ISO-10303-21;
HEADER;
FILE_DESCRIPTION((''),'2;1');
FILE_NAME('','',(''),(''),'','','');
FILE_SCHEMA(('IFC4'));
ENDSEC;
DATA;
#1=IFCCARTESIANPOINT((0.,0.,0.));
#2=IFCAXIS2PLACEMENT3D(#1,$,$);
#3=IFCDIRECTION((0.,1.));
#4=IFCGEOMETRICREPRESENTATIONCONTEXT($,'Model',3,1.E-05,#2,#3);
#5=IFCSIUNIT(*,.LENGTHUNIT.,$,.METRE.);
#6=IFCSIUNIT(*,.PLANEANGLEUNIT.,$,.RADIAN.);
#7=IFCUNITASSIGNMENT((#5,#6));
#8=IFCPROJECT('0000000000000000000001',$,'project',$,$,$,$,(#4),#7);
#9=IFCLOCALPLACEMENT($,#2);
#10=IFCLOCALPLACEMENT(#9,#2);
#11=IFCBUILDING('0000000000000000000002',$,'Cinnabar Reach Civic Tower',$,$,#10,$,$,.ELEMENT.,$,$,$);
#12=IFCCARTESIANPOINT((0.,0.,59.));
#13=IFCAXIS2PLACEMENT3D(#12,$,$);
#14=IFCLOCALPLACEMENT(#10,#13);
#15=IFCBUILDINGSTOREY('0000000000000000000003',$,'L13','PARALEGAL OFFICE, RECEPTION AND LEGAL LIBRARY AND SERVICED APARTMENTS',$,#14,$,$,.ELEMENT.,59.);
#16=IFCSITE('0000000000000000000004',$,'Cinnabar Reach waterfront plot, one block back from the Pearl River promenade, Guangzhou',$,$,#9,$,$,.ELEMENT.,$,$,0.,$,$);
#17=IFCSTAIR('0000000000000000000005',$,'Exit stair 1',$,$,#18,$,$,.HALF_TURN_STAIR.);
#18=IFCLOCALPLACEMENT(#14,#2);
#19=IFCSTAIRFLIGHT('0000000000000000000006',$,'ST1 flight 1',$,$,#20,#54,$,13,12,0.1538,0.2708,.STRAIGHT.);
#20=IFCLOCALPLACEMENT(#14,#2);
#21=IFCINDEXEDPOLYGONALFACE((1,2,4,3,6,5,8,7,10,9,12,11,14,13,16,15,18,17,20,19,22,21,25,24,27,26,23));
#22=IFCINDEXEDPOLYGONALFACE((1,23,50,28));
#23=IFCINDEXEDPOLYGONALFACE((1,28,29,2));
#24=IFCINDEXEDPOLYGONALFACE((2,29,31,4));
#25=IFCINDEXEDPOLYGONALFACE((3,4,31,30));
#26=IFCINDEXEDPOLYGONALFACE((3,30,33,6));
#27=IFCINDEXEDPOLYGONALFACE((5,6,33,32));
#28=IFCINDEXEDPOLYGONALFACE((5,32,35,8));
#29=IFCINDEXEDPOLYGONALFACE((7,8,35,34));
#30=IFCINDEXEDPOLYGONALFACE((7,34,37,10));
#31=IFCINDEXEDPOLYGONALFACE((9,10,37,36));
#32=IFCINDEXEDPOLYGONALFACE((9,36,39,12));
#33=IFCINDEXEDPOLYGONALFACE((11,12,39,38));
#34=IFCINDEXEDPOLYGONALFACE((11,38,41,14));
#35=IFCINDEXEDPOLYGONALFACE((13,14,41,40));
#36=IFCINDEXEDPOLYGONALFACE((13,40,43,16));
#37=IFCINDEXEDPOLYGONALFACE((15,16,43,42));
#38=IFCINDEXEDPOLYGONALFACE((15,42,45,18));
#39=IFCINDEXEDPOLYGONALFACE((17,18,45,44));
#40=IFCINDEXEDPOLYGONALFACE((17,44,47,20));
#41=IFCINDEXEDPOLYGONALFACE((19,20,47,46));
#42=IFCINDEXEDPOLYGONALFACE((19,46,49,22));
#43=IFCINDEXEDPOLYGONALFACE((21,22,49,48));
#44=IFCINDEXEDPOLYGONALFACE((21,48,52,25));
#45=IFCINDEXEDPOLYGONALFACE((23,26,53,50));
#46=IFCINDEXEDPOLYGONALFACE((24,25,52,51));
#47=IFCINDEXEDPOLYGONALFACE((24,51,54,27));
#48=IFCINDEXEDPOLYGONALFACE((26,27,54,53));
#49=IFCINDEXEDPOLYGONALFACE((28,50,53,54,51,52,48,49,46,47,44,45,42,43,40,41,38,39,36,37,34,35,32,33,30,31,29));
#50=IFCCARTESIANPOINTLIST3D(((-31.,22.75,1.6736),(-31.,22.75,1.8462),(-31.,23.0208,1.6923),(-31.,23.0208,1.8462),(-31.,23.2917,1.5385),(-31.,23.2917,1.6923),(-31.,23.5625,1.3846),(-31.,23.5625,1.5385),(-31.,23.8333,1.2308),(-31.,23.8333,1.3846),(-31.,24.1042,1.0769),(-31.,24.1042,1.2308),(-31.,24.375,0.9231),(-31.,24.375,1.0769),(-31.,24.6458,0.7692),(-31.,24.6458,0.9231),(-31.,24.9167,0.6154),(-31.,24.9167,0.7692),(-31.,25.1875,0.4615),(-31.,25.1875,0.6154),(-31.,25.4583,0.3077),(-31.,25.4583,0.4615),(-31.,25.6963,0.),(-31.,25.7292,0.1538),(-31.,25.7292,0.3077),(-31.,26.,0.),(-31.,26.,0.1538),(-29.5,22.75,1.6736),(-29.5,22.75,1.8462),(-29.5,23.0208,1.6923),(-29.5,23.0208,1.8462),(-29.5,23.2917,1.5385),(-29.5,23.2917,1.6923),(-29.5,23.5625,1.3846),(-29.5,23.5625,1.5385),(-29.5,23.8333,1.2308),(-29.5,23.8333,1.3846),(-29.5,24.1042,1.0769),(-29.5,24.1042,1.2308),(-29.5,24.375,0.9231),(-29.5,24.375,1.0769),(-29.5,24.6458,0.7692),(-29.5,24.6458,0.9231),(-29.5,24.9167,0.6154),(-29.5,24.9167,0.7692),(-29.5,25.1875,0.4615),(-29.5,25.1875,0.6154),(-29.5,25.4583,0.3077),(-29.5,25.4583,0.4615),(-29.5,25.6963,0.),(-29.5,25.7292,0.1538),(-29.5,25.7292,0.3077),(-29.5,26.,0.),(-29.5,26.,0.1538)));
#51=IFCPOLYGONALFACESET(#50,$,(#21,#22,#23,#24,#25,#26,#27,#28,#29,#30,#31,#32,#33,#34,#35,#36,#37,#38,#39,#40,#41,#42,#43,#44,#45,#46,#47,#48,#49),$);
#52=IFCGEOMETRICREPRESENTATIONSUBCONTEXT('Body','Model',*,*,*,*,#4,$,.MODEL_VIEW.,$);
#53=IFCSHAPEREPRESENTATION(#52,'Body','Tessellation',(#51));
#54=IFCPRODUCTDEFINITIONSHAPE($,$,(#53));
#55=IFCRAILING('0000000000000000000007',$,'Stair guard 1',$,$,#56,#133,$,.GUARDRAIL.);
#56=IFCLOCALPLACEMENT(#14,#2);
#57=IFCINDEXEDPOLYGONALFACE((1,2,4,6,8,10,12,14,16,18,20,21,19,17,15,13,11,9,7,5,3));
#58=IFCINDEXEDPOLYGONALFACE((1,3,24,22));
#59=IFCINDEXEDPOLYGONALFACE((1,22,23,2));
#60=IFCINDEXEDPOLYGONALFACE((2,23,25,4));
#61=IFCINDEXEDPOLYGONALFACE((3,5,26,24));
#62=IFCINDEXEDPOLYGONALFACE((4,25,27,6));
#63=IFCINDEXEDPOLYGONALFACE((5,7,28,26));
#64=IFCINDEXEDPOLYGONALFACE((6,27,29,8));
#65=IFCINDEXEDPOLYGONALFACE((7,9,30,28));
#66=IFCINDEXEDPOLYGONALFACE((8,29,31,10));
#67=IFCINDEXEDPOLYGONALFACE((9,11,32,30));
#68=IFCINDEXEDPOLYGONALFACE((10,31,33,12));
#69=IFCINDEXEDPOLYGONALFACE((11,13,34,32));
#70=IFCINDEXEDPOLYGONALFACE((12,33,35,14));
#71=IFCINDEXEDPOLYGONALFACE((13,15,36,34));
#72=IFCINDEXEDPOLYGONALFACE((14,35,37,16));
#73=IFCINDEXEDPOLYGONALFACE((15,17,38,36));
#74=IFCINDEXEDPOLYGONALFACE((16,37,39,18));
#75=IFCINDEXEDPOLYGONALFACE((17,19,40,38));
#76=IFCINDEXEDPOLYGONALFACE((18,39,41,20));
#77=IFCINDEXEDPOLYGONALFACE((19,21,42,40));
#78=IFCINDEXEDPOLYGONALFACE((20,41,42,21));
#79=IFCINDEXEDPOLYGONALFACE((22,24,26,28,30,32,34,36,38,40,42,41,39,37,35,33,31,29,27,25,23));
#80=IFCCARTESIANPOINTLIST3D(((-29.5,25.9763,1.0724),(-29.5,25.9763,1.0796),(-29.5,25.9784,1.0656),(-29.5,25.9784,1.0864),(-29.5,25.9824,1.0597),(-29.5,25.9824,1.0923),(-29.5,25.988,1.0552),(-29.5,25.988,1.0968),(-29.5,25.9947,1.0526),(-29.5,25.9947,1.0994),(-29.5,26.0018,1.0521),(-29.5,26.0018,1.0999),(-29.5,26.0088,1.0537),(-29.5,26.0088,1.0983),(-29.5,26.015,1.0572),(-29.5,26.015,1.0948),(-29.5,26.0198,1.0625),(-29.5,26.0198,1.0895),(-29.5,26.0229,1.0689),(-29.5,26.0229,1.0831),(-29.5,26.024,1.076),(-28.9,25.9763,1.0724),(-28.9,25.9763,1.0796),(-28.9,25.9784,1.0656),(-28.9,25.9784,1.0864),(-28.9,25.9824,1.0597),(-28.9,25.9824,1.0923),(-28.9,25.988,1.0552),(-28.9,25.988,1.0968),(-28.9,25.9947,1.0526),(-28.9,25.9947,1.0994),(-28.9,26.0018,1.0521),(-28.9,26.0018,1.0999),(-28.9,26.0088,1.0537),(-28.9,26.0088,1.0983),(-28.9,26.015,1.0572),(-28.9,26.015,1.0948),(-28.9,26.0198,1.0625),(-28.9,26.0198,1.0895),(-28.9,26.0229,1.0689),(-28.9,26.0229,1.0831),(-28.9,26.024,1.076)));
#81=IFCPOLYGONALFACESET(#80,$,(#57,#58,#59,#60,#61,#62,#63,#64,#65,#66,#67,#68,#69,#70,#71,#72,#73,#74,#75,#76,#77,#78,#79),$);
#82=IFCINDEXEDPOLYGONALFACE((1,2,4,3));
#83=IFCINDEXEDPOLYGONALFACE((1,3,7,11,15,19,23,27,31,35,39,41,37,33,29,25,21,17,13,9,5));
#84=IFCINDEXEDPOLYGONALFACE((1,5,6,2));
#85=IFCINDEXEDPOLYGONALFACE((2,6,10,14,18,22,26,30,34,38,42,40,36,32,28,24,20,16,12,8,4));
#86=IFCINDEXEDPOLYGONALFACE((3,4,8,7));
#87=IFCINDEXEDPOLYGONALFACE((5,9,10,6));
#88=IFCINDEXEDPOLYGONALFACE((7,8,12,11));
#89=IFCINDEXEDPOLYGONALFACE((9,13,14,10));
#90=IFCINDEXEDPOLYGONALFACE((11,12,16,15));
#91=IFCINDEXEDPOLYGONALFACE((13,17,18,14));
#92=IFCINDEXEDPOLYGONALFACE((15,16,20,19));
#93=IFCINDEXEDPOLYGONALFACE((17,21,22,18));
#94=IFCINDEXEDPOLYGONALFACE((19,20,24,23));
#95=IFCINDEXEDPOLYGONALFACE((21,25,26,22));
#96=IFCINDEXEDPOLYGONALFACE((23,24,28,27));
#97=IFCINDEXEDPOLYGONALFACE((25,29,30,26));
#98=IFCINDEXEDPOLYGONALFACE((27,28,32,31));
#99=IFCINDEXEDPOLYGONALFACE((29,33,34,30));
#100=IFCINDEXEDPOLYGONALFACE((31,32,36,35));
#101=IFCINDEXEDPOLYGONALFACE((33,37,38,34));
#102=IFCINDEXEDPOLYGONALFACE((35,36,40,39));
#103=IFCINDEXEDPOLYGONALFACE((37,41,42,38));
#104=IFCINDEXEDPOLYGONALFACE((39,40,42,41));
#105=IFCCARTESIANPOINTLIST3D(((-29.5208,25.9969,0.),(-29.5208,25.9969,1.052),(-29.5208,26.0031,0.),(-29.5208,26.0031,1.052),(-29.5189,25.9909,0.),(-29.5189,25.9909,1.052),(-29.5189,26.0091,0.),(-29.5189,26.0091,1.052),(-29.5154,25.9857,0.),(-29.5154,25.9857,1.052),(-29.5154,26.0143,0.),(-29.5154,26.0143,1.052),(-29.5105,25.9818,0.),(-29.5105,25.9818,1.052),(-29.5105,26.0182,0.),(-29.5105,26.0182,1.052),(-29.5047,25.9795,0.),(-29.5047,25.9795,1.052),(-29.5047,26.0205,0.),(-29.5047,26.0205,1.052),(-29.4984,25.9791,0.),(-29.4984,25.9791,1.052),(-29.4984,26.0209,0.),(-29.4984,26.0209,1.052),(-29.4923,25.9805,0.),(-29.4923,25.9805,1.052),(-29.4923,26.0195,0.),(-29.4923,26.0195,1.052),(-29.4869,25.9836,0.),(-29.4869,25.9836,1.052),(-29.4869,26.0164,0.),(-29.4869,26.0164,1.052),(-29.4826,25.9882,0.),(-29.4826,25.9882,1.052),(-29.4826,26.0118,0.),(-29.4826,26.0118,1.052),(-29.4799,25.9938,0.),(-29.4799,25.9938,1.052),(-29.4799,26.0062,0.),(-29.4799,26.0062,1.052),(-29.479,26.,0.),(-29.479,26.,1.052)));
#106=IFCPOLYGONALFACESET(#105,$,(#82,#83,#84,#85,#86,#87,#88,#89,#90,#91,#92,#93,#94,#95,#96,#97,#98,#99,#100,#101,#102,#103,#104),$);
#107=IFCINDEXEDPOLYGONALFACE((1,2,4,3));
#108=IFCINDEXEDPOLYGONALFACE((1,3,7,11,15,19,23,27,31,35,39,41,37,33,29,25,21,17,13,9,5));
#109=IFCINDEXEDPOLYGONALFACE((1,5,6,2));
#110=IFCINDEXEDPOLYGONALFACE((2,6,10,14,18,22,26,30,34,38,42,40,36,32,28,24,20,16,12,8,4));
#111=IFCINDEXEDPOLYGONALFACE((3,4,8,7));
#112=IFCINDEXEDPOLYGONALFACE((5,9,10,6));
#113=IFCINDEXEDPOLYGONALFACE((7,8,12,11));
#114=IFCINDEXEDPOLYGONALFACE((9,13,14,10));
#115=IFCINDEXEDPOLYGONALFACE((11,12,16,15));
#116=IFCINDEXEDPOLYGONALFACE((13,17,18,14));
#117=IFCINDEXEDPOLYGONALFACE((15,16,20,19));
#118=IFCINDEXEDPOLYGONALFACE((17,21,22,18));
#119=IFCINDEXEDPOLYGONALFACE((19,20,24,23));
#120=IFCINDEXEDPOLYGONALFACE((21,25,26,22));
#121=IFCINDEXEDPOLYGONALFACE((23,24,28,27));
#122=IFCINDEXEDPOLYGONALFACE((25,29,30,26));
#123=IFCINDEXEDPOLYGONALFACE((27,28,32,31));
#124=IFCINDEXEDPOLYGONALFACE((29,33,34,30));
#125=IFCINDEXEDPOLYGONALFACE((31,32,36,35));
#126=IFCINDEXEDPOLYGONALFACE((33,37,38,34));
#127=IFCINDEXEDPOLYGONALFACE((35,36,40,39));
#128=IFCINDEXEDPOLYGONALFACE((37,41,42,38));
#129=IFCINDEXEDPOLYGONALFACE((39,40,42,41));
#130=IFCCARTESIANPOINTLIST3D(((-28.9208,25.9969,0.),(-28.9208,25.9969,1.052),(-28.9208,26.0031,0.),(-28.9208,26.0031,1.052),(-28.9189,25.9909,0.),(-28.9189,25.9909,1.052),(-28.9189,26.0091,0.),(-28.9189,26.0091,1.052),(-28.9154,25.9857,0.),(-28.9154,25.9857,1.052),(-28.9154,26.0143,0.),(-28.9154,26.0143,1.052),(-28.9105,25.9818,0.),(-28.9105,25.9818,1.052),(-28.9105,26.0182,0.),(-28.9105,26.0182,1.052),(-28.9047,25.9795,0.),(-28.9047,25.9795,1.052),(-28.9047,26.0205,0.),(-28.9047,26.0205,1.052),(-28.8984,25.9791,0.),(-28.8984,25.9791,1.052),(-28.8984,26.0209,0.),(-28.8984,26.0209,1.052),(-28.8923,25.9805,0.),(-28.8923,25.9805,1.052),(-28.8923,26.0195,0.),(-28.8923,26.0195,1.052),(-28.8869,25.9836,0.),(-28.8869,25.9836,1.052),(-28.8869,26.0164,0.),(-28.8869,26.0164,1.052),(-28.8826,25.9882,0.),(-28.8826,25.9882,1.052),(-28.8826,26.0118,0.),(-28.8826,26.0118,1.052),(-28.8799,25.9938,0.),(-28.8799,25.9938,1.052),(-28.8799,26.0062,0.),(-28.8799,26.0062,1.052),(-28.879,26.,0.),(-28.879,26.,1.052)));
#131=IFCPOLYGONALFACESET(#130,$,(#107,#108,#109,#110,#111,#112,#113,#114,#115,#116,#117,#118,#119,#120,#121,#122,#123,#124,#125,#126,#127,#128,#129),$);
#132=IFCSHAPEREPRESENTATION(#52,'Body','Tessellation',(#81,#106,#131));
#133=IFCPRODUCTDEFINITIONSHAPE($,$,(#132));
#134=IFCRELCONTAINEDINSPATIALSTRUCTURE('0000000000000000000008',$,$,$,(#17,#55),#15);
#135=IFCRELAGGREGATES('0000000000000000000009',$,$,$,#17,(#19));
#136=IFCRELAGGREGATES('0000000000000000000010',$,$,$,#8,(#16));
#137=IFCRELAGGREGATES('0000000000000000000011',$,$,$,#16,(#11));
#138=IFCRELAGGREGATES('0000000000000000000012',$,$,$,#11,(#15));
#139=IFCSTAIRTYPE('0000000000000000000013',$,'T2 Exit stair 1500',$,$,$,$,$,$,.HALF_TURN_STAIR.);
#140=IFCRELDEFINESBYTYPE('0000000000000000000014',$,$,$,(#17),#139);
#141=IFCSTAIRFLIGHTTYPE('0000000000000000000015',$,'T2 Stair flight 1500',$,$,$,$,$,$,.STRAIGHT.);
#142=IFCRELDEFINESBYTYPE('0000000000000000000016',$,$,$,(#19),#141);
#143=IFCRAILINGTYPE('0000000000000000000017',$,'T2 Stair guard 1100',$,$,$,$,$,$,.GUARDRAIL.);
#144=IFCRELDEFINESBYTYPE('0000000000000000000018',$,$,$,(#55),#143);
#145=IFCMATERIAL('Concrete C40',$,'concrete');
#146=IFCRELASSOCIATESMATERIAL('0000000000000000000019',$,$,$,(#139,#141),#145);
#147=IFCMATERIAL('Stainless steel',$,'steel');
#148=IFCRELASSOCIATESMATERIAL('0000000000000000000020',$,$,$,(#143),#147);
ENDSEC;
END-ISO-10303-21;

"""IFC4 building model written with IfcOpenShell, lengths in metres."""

from ifc_helpers import new_model, si_unit, direction, frame, origin, origin_2d, place, context, subcontext, project, spatial, polyline, circle, outline, extrude, material, type_object, element, aggregate, save


model = new_model("IFC4")

# Units and contexts
model_context = context("Model", 3, precision=1e-05, world=origin(), true_north=direction((0.0, 1.0)))
body_context = subcontext(model_context, "Body", "Model", "MODEL_VIEW")
ifc_project = project(units=[si_unit("LENGTHUNIT", "METRE"), si_unit("PLANEANGLEUNIT", "RADIAN")], contexts=[model_context])

# Site, building, storey
site_placement = place(None, origin())
site = spatial("IfcSite", under=ifc_project, at=site_placement, Name="Cinnabar Reach waterfront plot, one block back from the Pearl River promenade, Guangzhou", CompositionType="ELEMENT", RefElevation=0.0)
building_placement = place(site_placement, origin())
building = spatial("IfcBuilding", under=site, at=building_placement, Name="Cinnabar Reach Civic Tower", CompositionType="ELEMENT")
storey_placement = place(building_placement, frame((0.0, 0.0, 59.0)))
storey = spatial("IfcBuildingStorey", under=building, at=storey_placement, Name="L13", Description="PARALEGAL OFFICE, RECEPTION AND LEGAL LIBRARY AND SERVICED APARTMENTS", CompositionType="ELEMENT", Elevation=59.0)

# Shared definitions
ifc_material_1 = material(Name="Concrete C40", Category="concrete")

# Stair, stair flight
stair_type = type_object("IfcStairType", Name="T2 Exit stair 1500", PredefinedType="HALF_TURN_STAIR", material=ifc_material_1)
stair_placement = place(storey_placement, origin())
stair = element("IfcStair", 1, at=stair_placement, inside=storey, type_object=stair_type, Name="Exit stair 1", PredefinedType="HALF_TURN_STAIR")
stair_flight_type = type_object("IfcStairFlightType", Name="T2 Stair flight 1500", PredefinedType="STRAIGHT", material=ifc_material_1)
stair_flight_placement = place(storey_placement, frame((-30.25, 26.0, 0.0), z_axis=(0.0, 0.0, 1.0), x_axis=(0.0, -1.0, 0.0)))
stair_flight = element("IfcStairFlight", 2, at=stair_flight_placement, type_object=stair_flight_type, Name="ST1 flight 1", NumberOfRisers=13, NumberOfTreads=12, PredefinedType="STRAIGHT", RiserHeight=0.1538, TreadLength=0.2708, context=body_context, shape_type="SweptSolid", body=[
    extrude(outline(polyline([(0.0, 0.0), (0.0, 0.1538), (0.2708, 0.1538), (0.2708, 0.3077), (0.5417, 0.3077), (0.5417, 0.4615), (0.8125, 0.4615), (0.8125, 0.6154), (1.0833, 0.6154), (1.0833, 0.7692), (1.3542, 0.7692), (1.3542, 0.9231), (1.625, 0.9231), (1.625, 1.0769), (1.8958, 1.0769), (1.8958, 1.2308), (2.1667, 1.2308), (2.1667, 1.3846), (2.4375, 1.3846), (2.4375, 1.5385), (2.7083, 1.5385), (2.7083, 1.6923), (2.9792, 1.6923), (2.9792, 1.8462), (3.25, 1.8462), (3.25, 2.0), (3.25, 1.6736), (0.3037, 0.0), (0.0, 0.0)])), frame((0.0, 0.75, 0.0), z_axis=(0.0, -1.0, 0.0), x_axis=(1.0, 0.0, 0.0)), (0.0, 0.0, 1.0), 1.5),
])
aggregate(stair, [stair_flight])

# Railing
ifc_material_2 = material(Name="Stainless steel", Category="steel")
railing_type = type_object("IfcRailingType", Name="T2 Stair guard 1100", PredefinedType="GUARDRAIL", material=ifc_material_2)
railing_1_placement = place(storey_placement, frame((-29.5, 26.0, 0.0)))
element("IfcRailing", 3, at=railing_1_placement, inside=storey, type_object=railing_type, Name="Stair guard 1", PredefinedType="GUARDRAIL", context=body_context, shape_type="SweptSolid", body=[
    extrude(circle(Radius=0.024, at=origin_2d()), frame((0.0, 0.0, 1.076), z_axis=(1.0, 0.0, 0.0), x_axis=(0.0, 1.0, 0.0)), (0.0, 0.0, 1.0), 0.6),
    extrude(circle(Radius=0.021, at=origin_2d()), origin(), (0.0, 0.0, 1.0), 1.052),
    extrude(circle(Radius=0.021, at=origin_2d()), frame((0.6, 0.0, 0.0)), (0.0, 0.0, 1.0), 1.052),
])

save(model, "model.ifc")
